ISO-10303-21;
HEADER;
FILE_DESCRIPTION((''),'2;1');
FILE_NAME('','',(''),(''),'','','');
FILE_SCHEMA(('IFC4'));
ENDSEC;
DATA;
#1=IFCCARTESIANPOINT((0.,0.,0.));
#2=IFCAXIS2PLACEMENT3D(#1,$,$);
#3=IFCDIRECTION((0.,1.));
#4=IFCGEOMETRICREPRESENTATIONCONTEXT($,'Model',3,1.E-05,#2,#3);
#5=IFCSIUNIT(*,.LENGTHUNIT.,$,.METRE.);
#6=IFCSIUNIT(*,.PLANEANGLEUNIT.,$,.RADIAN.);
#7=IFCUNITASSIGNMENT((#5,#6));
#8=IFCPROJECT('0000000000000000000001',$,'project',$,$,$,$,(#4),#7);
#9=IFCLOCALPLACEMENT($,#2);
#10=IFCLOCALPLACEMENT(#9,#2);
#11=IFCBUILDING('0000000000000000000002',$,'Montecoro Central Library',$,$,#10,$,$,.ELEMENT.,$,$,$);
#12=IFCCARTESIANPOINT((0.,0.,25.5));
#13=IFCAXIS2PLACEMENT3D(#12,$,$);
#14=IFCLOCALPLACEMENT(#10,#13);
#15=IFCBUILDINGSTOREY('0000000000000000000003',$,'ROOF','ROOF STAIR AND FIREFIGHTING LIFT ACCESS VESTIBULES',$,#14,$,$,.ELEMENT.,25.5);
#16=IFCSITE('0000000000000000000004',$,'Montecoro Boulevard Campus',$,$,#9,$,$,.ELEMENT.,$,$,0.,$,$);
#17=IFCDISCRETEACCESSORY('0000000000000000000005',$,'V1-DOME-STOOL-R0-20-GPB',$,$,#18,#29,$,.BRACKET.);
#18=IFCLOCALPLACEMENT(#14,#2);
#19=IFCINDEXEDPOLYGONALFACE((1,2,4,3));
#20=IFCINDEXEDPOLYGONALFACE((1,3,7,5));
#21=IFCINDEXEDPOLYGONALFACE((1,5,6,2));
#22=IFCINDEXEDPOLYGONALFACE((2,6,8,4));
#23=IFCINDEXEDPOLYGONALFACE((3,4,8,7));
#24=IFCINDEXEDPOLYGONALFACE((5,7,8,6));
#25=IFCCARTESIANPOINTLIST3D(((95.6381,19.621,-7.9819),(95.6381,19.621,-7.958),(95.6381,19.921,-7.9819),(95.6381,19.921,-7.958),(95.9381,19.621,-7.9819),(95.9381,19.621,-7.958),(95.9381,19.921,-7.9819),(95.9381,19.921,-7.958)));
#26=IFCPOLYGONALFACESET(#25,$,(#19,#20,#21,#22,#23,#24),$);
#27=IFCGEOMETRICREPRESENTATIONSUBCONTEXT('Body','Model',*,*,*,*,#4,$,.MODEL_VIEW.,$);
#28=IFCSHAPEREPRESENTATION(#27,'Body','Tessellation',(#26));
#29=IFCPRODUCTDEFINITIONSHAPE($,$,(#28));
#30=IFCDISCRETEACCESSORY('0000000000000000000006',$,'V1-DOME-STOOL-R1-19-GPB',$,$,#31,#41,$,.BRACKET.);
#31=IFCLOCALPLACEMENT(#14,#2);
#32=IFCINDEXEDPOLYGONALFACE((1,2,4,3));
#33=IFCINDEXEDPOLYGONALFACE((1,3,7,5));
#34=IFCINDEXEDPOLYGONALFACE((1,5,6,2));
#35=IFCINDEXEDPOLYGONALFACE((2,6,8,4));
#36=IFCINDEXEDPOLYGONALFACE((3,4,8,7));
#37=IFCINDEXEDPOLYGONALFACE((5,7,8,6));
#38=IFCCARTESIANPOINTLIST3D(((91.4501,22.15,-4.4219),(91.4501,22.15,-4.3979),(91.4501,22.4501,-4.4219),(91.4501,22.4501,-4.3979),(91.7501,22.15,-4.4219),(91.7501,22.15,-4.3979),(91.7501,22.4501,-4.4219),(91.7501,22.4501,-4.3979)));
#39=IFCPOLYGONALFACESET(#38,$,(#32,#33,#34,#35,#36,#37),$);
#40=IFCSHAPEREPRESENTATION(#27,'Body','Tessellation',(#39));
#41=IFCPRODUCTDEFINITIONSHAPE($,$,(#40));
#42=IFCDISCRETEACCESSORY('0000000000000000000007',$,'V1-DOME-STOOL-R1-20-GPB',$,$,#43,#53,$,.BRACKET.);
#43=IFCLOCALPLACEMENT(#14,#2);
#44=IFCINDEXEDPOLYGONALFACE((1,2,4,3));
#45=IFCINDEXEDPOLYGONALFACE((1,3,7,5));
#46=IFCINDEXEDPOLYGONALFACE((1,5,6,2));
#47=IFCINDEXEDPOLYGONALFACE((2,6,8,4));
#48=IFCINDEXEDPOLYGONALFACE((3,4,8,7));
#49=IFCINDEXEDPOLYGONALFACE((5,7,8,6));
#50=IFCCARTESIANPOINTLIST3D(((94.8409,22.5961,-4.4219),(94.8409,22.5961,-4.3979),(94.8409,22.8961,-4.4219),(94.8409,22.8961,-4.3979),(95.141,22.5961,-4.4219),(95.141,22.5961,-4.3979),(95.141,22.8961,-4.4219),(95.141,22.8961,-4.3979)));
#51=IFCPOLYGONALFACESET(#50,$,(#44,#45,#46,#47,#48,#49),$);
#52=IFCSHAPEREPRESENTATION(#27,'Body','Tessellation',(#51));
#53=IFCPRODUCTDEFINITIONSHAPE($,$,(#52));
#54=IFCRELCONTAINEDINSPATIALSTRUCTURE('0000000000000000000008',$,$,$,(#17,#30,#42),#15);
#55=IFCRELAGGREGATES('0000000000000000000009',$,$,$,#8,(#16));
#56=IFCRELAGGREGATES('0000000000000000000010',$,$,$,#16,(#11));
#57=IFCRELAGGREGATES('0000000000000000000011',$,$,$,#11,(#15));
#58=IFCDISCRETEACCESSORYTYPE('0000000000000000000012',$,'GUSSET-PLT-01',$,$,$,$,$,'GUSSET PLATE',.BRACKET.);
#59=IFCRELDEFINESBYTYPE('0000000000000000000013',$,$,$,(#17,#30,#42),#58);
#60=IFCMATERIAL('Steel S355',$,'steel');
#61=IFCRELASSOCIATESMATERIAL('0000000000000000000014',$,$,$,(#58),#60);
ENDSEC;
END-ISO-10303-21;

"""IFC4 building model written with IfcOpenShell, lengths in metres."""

from ifc_helpers import new_model, si_unit, direction, frame, origin, origin_2d, place, context, subcontext, project, spatial, rectangle, extrude, material, type_object, element, save


model = new_model("IFC4")

# Units and contexts
model_context = context("Model", 3, precision=1e-05, world=origin(), true_north=direction((0.0, 1.0)))
body_context = subcontext(model_context, "Body", "Model", "MODEL_VIEW")
ifc_project = project(units=[si_unit("LENGTHUNIT", "METRE"), si_unit("PLANEANGLEUNIT", "RADIAN")], contexts=[model_context])

# Site, building, storey
site_placement = place(None, origin())
site = spatial("IfcSite", under=ifc_project, at=site_placement, Name="Montecoro Boulevard Campus", CompositionType="ELEMENT", RefElevation=0.0)
building_placement = place(site_placement, origin())
building = spatial("IfcBuilding", under=site, at=building_placement, Name="Montecoro Central Library", CompositionType="ELEMENT")
storey_placement = place(building_placement, frame((0.0, 0.0, 25.5)))
storey = spatial("IfcBuildingStorey", under=building, at=storey_placement, Name="ROOF", Description="ROOF STAIR AND FIREFIGHTING LIFT ACCESS VESTIBULES", CompositionType="ELEMENT", Elevation=25.5)

# Shared definitions
ifc_material_1 = material(Name="Steel S355", Category="steel")

# Discrete accessories
discrete_accessory_type = type_object("IfcDiscreteAccessoryType", Name="GUSSET-PLT-01", ElementType="GUSSET PLATE", PredefinedType="BRACKET", material=ifc_material_1)
for number, where, z_axis, x_axis, name in (
    (1, (95.7881, 19.771, -7.9819), (0.0, 0.0, 1.0), (1.0, 0.0, 0.0), "V1-DOME-STOOL-R0-20-GPB"),
    (2, (91.6001, 22.3, -4.4219), (0.0, 0.0, 1.0), (1.0, 0.0, 0.0), "V1-DOME-STOOL-R1-19-GPB"),
    (3, (94.991, 22.7461, -4.4219), (0.0, 0.0, 1.0), (1.0, 0.0, 0.0), "V1-DOME-STOOL-R1-20-GPB"),
):
    element("IfcDiscreteAccessory", number, at=place(storey_placement, frame(where, z_axis=z_axis, x_axis=x_axis)), inside=storey, type_object=discrete_accessory_type, Name=name, PredefinedType="BRACKET", context=body_context, shape_type="SweptSolid", body=[
        extrude(rectangle(XDim=0.3, YDim=0.3, at=origin_2d()), origin(), (0.0, 0.0, 1.0), 0.0239),
    ])

save(model, "model.ifc")
